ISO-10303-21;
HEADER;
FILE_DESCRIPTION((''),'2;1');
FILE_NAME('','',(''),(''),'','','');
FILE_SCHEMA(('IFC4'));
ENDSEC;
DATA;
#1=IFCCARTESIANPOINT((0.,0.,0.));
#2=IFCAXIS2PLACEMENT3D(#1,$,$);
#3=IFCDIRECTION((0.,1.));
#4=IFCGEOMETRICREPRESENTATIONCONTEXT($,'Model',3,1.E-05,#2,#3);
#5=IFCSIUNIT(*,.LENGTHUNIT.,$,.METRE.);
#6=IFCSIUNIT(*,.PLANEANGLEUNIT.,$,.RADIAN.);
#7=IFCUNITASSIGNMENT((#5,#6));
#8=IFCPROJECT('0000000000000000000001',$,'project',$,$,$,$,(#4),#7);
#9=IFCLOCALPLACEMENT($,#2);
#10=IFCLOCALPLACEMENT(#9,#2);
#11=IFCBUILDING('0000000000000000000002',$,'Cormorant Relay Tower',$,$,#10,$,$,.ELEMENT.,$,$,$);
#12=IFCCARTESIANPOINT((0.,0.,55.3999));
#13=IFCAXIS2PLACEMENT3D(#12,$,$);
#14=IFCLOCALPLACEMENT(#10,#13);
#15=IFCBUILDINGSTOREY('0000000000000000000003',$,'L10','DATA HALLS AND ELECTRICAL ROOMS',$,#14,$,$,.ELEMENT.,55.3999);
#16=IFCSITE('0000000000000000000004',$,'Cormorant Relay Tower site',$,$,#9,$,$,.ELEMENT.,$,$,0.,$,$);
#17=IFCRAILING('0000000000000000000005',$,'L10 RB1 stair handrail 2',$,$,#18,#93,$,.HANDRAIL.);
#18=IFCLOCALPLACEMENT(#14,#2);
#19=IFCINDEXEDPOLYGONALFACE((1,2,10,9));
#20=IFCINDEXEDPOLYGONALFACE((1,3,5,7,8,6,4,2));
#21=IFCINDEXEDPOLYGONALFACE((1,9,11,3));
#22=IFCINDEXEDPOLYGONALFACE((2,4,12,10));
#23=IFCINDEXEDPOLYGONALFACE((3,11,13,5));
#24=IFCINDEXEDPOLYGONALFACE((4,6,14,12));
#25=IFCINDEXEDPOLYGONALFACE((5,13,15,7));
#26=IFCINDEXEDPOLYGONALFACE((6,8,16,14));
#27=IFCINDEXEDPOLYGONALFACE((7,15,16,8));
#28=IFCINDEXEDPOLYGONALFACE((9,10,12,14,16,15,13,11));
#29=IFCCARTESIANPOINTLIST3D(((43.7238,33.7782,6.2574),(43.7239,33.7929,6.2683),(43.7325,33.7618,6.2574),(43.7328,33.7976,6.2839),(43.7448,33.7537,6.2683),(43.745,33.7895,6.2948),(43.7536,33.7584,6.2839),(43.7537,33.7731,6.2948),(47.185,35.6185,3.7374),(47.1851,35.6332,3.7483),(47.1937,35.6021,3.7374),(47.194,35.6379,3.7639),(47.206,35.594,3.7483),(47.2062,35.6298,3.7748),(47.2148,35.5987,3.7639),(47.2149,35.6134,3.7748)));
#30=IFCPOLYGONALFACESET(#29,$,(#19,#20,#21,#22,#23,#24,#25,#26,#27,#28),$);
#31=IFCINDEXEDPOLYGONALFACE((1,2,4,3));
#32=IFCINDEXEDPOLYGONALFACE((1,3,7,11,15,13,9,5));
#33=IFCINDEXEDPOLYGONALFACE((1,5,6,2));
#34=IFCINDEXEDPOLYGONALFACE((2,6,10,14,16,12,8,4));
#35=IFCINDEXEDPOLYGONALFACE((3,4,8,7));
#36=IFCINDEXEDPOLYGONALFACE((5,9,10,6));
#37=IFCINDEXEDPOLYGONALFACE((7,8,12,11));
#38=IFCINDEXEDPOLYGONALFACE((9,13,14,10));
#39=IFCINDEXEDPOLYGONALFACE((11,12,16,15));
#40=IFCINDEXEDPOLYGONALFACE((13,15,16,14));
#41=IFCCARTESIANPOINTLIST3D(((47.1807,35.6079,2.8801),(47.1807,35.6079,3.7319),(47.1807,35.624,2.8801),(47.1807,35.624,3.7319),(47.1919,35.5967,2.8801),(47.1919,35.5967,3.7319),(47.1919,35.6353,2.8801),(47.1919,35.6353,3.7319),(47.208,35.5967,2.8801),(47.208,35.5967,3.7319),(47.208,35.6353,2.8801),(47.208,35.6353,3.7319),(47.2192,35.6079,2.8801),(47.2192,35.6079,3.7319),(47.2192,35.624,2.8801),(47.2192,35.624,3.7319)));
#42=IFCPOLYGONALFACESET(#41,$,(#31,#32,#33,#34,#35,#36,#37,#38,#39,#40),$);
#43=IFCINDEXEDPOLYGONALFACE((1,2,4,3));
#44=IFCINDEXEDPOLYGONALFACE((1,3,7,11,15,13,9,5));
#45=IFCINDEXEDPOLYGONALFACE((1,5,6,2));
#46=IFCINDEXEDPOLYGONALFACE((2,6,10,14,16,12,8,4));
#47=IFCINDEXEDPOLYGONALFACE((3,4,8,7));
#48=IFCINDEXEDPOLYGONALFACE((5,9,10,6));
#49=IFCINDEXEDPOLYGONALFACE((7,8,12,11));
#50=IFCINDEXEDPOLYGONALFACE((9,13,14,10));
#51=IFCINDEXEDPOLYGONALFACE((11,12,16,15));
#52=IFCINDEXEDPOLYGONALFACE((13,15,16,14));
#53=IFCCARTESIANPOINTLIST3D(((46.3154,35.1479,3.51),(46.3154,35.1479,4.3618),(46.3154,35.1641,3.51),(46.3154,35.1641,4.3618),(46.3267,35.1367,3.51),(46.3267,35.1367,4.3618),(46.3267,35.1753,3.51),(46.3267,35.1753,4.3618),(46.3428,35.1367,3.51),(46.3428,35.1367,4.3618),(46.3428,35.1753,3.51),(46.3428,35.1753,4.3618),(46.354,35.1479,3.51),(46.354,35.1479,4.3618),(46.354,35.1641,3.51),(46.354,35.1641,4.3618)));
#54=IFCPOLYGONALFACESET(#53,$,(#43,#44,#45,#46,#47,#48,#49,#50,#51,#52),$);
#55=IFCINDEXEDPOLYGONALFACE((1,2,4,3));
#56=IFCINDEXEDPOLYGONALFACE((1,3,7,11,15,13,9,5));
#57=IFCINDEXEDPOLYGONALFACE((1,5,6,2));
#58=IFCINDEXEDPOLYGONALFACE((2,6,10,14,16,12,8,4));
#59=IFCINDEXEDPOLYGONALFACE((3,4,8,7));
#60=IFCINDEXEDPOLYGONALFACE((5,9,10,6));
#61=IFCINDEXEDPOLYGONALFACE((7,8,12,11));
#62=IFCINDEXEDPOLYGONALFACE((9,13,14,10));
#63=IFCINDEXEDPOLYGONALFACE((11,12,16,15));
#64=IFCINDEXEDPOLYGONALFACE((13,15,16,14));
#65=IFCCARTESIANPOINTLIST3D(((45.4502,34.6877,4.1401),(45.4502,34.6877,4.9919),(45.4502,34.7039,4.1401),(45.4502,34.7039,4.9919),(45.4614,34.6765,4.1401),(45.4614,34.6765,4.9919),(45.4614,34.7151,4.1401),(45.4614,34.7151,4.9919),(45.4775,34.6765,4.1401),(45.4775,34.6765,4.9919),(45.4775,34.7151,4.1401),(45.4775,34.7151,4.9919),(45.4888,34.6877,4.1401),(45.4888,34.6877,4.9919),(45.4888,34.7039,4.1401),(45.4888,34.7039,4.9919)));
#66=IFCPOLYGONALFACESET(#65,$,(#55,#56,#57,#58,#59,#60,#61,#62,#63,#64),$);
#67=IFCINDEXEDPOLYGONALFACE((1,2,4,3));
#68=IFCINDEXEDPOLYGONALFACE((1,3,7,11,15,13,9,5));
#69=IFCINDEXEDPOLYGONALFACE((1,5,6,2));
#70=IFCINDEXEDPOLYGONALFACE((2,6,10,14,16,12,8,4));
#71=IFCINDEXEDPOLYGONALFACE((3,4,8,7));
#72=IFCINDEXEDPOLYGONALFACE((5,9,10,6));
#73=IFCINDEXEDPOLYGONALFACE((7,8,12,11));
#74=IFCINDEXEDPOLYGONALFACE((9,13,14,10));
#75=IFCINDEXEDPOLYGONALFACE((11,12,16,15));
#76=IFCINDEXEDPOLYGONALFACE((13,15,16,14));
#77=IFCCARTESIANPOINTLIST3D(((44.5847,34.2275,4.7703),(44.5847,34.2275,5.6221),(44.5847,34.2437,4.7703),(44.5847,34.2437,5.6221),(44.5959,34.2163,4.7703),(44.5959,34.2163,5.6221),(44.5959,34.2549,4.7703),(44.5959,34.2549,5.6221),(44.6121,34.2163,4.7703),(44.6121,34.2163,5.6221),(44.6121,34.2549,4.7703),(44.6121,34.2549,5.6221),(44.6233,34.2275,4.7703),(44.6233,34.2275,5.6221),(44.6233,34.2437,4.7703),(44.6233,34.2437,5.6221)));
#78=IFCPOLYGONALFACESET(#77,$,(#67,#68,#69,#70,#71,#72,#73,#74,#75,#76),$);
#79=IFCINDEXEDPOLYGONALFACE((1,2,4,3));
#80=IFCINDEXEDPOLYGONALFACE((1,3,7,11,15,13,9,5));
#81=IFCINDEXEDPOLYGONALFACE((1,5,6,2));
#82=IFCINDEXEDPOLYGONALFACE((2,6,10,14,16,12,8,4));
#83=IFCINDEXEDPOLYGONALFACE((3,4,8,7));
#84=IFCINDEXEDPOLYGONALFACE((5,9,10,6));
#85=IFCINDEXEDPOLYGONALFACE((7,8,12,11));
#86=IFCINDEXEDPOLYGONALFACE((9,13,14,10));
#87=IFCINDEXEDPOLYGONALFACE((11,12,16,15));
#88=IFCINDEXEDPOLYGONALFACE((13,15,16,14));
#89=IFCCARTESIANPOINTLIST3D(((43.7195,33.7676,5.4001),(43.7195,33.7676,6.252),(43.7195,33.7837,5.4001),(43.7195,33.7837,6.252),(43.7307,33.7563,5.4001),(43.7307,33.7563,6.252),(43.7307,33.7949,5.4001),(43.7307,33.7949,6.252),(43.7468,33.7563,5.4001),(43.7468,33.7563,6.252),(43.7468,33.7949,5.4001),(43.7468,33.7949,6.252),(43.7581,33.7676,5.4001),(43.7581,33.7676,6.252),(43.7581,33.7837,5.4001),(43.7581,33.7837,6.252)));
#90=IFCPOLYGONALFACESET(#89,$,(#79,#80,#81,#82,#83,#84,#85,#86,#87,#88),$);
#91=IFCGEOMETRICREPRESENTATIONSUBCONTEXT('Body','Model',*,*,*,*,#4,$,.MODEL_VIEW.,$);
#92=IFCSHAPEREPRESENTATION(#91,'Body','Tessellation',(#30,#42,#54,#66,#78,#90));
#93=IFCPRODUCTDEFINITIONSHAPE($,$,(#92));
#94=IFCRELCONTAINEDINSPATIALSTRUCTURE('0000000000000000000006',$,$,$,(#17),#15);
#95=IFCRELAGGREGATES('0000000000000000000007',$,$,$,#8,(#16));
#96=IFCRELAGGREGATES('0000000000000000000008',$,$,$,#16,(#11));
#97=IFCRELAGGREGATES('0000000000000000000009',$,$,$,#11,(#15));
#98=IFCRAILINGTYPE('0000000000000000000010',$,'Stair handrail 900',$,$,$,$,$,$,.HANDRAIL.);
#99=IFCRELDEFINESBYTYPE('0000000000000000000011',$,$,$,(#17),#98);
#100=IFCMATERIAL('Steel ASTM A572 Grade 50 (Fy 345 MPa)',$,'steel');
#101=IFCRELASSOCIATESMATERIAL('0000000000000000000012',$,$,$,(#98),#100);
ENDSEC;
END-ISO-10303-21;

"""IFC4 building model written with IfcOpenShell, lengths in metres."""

from ifc_helpers import new_model, si_unit, direction, frame, origin, place, context, subcontext, project, spatial, polyline, outline, extrude, material, type_object, element, save


model = new_model("IFC4")

# Units and contexts
model_context = context("Model", 3, precision=1e-05, world=origin(), true_north=direction((0.0, 1.0)))
body_context = subcontext(model_context, "Body", "Model", "MODEL_VIEW")
ifc_project = project(units=[si_unit("LENGTHUNIT", "METRE"), si_unit("PLANEANGLEUNIT", "RADIAN")], contexts=[model_context])

# Site, building, storey
site_placement = place(None, origin())
site = spatial("IfcSite", under=ifc_project, at=site_placement, Name="Cormorant Relay Tower site", CompositionType="ELEMENT", RefElevation=0.0)
building_placement = place(site_placement, origin())
building = spatial("IfcBuilding", under=site, at=building_placement, Name="Cormorant Relay Tower", CompositionType="ELEMENT")
storey_placement = place(building_placement, frame((0.0, 0.0, 55.3999)))
storey = spatial("IfcBuildingStorey", under=building, at=storey_placement, Name="L10", Description="DATA HALLS AND ELECTRICAL ROOMS", CompositionType="ELEMENT", Elevation=55.3999)

# Railing
ifc_material_1 = material(Name="Steel ASTM A572 Grade 50 (Fy 345 MPa)", Category="steel")
railing_type_1 = type_object("IfcRailingType", Name="Stair handrail 900", PredefinedType="HANDRAIL", material=ifc_material_1)
railing_1_placement = place(storey_placement, frame((47.2, 35.616, 2.8801)))
element("IfcRailing", 1, at=railing_1_placement, inside=storey, type_object=railing_type_1, Name="L10 RB1 stair handrail 2", PredefinedType="HANDRAIL", context=body_context, shape_type="SweptSolid", body=[
    extrude(outline(polyline([(0.0222, 0.0093), (0.0093, 0.0222), (-0.0093, 0.0222), (-0.0222, 0.0093), (-0.0222, -0.0093), (-0.0093, -0.0222), (0.0093, -0.0222), (0.0222, -0.0093), (0.0222, 0.0093)])), frame((0.0, 0.0, 0.876), z_axis=(-0.742717, -0.394907, 0.540758), x_axis=(0.469469, -0.882949, 0.0)), (0.0, 0.0, 1.0), 4.6602),
    extrude(outline(polyline([(0.0193, 0.0081), (0.0081, 0.0193), (-0.0081, 0.0193), (-0.0193, 0.0081), (-0.0193, -0.0081), (-0.0081, -0.0193), (0.0081, -0.0193), (0.0193, -0.0081), (0.0193, 0.0081)])), origin(), (0.0, 0.0, 1.0), 0.8518),
    extrude(outline(polyline([(0.0193, 0.0081), (0.0081, 0.0193), (-0.0081, 0.0193), (-0.0193, 0.0081), (-0.0193, -0.0081), (-0.0081, -0.0193), (0.0081, -0.0193), (0.0193, -0.0081), (0.0193, 0.0081)])), frame((-0.8652, -0.46, 0.6299)), (0.0, 0.0, 1.0), 0.8518),
    extrude(outline(polyline([(0.0193, 0.0081), (0.0081, 0.0193), (-0.0081, 0.0193), (-0.0193, 0.0081), (-0.0193, -0.0081), (-0.0081, -0.0193), (0.0081, -0.0193), (0.0193, -0.0081), (0.0193, 0.0081)])), frame((-1.7305, -0.9202, 1.26)), (0.0, 0.0, 1.0), 0.8518),
    extrude(outline(polyline([(0.0193, 0.0081), (0.0081, 0.0193), (-0.0081, 0.0193), (-0.0193, 0.0081), (-0.0193, -0.0081), (-0.0081, -0.0193), (0.0081, -0.0193), (0.0193, -0.0081), (0.0193, 0.0081)])), frame((-2.5959, -1.3804, 1.8901)), (0.0, 0.0, 1.0), 0.8518),
    extrude(outline(polyline([(0.0193, 0.0081), (0.0081, 0.0193), (-0.0081, 0.0193), (-0.0193, 0.0081), (-0.0193, -0.0081), (-0.0081, -0.0193), (0.0081, -0.0193), (0.0193, -0.0081), (0.0193, 0.0081)])), frame((-3.4612, -1.8403, 2.52)), (0.0, 0.0, 1.0), 0.8518),
])

save(model, "model.ifc")
